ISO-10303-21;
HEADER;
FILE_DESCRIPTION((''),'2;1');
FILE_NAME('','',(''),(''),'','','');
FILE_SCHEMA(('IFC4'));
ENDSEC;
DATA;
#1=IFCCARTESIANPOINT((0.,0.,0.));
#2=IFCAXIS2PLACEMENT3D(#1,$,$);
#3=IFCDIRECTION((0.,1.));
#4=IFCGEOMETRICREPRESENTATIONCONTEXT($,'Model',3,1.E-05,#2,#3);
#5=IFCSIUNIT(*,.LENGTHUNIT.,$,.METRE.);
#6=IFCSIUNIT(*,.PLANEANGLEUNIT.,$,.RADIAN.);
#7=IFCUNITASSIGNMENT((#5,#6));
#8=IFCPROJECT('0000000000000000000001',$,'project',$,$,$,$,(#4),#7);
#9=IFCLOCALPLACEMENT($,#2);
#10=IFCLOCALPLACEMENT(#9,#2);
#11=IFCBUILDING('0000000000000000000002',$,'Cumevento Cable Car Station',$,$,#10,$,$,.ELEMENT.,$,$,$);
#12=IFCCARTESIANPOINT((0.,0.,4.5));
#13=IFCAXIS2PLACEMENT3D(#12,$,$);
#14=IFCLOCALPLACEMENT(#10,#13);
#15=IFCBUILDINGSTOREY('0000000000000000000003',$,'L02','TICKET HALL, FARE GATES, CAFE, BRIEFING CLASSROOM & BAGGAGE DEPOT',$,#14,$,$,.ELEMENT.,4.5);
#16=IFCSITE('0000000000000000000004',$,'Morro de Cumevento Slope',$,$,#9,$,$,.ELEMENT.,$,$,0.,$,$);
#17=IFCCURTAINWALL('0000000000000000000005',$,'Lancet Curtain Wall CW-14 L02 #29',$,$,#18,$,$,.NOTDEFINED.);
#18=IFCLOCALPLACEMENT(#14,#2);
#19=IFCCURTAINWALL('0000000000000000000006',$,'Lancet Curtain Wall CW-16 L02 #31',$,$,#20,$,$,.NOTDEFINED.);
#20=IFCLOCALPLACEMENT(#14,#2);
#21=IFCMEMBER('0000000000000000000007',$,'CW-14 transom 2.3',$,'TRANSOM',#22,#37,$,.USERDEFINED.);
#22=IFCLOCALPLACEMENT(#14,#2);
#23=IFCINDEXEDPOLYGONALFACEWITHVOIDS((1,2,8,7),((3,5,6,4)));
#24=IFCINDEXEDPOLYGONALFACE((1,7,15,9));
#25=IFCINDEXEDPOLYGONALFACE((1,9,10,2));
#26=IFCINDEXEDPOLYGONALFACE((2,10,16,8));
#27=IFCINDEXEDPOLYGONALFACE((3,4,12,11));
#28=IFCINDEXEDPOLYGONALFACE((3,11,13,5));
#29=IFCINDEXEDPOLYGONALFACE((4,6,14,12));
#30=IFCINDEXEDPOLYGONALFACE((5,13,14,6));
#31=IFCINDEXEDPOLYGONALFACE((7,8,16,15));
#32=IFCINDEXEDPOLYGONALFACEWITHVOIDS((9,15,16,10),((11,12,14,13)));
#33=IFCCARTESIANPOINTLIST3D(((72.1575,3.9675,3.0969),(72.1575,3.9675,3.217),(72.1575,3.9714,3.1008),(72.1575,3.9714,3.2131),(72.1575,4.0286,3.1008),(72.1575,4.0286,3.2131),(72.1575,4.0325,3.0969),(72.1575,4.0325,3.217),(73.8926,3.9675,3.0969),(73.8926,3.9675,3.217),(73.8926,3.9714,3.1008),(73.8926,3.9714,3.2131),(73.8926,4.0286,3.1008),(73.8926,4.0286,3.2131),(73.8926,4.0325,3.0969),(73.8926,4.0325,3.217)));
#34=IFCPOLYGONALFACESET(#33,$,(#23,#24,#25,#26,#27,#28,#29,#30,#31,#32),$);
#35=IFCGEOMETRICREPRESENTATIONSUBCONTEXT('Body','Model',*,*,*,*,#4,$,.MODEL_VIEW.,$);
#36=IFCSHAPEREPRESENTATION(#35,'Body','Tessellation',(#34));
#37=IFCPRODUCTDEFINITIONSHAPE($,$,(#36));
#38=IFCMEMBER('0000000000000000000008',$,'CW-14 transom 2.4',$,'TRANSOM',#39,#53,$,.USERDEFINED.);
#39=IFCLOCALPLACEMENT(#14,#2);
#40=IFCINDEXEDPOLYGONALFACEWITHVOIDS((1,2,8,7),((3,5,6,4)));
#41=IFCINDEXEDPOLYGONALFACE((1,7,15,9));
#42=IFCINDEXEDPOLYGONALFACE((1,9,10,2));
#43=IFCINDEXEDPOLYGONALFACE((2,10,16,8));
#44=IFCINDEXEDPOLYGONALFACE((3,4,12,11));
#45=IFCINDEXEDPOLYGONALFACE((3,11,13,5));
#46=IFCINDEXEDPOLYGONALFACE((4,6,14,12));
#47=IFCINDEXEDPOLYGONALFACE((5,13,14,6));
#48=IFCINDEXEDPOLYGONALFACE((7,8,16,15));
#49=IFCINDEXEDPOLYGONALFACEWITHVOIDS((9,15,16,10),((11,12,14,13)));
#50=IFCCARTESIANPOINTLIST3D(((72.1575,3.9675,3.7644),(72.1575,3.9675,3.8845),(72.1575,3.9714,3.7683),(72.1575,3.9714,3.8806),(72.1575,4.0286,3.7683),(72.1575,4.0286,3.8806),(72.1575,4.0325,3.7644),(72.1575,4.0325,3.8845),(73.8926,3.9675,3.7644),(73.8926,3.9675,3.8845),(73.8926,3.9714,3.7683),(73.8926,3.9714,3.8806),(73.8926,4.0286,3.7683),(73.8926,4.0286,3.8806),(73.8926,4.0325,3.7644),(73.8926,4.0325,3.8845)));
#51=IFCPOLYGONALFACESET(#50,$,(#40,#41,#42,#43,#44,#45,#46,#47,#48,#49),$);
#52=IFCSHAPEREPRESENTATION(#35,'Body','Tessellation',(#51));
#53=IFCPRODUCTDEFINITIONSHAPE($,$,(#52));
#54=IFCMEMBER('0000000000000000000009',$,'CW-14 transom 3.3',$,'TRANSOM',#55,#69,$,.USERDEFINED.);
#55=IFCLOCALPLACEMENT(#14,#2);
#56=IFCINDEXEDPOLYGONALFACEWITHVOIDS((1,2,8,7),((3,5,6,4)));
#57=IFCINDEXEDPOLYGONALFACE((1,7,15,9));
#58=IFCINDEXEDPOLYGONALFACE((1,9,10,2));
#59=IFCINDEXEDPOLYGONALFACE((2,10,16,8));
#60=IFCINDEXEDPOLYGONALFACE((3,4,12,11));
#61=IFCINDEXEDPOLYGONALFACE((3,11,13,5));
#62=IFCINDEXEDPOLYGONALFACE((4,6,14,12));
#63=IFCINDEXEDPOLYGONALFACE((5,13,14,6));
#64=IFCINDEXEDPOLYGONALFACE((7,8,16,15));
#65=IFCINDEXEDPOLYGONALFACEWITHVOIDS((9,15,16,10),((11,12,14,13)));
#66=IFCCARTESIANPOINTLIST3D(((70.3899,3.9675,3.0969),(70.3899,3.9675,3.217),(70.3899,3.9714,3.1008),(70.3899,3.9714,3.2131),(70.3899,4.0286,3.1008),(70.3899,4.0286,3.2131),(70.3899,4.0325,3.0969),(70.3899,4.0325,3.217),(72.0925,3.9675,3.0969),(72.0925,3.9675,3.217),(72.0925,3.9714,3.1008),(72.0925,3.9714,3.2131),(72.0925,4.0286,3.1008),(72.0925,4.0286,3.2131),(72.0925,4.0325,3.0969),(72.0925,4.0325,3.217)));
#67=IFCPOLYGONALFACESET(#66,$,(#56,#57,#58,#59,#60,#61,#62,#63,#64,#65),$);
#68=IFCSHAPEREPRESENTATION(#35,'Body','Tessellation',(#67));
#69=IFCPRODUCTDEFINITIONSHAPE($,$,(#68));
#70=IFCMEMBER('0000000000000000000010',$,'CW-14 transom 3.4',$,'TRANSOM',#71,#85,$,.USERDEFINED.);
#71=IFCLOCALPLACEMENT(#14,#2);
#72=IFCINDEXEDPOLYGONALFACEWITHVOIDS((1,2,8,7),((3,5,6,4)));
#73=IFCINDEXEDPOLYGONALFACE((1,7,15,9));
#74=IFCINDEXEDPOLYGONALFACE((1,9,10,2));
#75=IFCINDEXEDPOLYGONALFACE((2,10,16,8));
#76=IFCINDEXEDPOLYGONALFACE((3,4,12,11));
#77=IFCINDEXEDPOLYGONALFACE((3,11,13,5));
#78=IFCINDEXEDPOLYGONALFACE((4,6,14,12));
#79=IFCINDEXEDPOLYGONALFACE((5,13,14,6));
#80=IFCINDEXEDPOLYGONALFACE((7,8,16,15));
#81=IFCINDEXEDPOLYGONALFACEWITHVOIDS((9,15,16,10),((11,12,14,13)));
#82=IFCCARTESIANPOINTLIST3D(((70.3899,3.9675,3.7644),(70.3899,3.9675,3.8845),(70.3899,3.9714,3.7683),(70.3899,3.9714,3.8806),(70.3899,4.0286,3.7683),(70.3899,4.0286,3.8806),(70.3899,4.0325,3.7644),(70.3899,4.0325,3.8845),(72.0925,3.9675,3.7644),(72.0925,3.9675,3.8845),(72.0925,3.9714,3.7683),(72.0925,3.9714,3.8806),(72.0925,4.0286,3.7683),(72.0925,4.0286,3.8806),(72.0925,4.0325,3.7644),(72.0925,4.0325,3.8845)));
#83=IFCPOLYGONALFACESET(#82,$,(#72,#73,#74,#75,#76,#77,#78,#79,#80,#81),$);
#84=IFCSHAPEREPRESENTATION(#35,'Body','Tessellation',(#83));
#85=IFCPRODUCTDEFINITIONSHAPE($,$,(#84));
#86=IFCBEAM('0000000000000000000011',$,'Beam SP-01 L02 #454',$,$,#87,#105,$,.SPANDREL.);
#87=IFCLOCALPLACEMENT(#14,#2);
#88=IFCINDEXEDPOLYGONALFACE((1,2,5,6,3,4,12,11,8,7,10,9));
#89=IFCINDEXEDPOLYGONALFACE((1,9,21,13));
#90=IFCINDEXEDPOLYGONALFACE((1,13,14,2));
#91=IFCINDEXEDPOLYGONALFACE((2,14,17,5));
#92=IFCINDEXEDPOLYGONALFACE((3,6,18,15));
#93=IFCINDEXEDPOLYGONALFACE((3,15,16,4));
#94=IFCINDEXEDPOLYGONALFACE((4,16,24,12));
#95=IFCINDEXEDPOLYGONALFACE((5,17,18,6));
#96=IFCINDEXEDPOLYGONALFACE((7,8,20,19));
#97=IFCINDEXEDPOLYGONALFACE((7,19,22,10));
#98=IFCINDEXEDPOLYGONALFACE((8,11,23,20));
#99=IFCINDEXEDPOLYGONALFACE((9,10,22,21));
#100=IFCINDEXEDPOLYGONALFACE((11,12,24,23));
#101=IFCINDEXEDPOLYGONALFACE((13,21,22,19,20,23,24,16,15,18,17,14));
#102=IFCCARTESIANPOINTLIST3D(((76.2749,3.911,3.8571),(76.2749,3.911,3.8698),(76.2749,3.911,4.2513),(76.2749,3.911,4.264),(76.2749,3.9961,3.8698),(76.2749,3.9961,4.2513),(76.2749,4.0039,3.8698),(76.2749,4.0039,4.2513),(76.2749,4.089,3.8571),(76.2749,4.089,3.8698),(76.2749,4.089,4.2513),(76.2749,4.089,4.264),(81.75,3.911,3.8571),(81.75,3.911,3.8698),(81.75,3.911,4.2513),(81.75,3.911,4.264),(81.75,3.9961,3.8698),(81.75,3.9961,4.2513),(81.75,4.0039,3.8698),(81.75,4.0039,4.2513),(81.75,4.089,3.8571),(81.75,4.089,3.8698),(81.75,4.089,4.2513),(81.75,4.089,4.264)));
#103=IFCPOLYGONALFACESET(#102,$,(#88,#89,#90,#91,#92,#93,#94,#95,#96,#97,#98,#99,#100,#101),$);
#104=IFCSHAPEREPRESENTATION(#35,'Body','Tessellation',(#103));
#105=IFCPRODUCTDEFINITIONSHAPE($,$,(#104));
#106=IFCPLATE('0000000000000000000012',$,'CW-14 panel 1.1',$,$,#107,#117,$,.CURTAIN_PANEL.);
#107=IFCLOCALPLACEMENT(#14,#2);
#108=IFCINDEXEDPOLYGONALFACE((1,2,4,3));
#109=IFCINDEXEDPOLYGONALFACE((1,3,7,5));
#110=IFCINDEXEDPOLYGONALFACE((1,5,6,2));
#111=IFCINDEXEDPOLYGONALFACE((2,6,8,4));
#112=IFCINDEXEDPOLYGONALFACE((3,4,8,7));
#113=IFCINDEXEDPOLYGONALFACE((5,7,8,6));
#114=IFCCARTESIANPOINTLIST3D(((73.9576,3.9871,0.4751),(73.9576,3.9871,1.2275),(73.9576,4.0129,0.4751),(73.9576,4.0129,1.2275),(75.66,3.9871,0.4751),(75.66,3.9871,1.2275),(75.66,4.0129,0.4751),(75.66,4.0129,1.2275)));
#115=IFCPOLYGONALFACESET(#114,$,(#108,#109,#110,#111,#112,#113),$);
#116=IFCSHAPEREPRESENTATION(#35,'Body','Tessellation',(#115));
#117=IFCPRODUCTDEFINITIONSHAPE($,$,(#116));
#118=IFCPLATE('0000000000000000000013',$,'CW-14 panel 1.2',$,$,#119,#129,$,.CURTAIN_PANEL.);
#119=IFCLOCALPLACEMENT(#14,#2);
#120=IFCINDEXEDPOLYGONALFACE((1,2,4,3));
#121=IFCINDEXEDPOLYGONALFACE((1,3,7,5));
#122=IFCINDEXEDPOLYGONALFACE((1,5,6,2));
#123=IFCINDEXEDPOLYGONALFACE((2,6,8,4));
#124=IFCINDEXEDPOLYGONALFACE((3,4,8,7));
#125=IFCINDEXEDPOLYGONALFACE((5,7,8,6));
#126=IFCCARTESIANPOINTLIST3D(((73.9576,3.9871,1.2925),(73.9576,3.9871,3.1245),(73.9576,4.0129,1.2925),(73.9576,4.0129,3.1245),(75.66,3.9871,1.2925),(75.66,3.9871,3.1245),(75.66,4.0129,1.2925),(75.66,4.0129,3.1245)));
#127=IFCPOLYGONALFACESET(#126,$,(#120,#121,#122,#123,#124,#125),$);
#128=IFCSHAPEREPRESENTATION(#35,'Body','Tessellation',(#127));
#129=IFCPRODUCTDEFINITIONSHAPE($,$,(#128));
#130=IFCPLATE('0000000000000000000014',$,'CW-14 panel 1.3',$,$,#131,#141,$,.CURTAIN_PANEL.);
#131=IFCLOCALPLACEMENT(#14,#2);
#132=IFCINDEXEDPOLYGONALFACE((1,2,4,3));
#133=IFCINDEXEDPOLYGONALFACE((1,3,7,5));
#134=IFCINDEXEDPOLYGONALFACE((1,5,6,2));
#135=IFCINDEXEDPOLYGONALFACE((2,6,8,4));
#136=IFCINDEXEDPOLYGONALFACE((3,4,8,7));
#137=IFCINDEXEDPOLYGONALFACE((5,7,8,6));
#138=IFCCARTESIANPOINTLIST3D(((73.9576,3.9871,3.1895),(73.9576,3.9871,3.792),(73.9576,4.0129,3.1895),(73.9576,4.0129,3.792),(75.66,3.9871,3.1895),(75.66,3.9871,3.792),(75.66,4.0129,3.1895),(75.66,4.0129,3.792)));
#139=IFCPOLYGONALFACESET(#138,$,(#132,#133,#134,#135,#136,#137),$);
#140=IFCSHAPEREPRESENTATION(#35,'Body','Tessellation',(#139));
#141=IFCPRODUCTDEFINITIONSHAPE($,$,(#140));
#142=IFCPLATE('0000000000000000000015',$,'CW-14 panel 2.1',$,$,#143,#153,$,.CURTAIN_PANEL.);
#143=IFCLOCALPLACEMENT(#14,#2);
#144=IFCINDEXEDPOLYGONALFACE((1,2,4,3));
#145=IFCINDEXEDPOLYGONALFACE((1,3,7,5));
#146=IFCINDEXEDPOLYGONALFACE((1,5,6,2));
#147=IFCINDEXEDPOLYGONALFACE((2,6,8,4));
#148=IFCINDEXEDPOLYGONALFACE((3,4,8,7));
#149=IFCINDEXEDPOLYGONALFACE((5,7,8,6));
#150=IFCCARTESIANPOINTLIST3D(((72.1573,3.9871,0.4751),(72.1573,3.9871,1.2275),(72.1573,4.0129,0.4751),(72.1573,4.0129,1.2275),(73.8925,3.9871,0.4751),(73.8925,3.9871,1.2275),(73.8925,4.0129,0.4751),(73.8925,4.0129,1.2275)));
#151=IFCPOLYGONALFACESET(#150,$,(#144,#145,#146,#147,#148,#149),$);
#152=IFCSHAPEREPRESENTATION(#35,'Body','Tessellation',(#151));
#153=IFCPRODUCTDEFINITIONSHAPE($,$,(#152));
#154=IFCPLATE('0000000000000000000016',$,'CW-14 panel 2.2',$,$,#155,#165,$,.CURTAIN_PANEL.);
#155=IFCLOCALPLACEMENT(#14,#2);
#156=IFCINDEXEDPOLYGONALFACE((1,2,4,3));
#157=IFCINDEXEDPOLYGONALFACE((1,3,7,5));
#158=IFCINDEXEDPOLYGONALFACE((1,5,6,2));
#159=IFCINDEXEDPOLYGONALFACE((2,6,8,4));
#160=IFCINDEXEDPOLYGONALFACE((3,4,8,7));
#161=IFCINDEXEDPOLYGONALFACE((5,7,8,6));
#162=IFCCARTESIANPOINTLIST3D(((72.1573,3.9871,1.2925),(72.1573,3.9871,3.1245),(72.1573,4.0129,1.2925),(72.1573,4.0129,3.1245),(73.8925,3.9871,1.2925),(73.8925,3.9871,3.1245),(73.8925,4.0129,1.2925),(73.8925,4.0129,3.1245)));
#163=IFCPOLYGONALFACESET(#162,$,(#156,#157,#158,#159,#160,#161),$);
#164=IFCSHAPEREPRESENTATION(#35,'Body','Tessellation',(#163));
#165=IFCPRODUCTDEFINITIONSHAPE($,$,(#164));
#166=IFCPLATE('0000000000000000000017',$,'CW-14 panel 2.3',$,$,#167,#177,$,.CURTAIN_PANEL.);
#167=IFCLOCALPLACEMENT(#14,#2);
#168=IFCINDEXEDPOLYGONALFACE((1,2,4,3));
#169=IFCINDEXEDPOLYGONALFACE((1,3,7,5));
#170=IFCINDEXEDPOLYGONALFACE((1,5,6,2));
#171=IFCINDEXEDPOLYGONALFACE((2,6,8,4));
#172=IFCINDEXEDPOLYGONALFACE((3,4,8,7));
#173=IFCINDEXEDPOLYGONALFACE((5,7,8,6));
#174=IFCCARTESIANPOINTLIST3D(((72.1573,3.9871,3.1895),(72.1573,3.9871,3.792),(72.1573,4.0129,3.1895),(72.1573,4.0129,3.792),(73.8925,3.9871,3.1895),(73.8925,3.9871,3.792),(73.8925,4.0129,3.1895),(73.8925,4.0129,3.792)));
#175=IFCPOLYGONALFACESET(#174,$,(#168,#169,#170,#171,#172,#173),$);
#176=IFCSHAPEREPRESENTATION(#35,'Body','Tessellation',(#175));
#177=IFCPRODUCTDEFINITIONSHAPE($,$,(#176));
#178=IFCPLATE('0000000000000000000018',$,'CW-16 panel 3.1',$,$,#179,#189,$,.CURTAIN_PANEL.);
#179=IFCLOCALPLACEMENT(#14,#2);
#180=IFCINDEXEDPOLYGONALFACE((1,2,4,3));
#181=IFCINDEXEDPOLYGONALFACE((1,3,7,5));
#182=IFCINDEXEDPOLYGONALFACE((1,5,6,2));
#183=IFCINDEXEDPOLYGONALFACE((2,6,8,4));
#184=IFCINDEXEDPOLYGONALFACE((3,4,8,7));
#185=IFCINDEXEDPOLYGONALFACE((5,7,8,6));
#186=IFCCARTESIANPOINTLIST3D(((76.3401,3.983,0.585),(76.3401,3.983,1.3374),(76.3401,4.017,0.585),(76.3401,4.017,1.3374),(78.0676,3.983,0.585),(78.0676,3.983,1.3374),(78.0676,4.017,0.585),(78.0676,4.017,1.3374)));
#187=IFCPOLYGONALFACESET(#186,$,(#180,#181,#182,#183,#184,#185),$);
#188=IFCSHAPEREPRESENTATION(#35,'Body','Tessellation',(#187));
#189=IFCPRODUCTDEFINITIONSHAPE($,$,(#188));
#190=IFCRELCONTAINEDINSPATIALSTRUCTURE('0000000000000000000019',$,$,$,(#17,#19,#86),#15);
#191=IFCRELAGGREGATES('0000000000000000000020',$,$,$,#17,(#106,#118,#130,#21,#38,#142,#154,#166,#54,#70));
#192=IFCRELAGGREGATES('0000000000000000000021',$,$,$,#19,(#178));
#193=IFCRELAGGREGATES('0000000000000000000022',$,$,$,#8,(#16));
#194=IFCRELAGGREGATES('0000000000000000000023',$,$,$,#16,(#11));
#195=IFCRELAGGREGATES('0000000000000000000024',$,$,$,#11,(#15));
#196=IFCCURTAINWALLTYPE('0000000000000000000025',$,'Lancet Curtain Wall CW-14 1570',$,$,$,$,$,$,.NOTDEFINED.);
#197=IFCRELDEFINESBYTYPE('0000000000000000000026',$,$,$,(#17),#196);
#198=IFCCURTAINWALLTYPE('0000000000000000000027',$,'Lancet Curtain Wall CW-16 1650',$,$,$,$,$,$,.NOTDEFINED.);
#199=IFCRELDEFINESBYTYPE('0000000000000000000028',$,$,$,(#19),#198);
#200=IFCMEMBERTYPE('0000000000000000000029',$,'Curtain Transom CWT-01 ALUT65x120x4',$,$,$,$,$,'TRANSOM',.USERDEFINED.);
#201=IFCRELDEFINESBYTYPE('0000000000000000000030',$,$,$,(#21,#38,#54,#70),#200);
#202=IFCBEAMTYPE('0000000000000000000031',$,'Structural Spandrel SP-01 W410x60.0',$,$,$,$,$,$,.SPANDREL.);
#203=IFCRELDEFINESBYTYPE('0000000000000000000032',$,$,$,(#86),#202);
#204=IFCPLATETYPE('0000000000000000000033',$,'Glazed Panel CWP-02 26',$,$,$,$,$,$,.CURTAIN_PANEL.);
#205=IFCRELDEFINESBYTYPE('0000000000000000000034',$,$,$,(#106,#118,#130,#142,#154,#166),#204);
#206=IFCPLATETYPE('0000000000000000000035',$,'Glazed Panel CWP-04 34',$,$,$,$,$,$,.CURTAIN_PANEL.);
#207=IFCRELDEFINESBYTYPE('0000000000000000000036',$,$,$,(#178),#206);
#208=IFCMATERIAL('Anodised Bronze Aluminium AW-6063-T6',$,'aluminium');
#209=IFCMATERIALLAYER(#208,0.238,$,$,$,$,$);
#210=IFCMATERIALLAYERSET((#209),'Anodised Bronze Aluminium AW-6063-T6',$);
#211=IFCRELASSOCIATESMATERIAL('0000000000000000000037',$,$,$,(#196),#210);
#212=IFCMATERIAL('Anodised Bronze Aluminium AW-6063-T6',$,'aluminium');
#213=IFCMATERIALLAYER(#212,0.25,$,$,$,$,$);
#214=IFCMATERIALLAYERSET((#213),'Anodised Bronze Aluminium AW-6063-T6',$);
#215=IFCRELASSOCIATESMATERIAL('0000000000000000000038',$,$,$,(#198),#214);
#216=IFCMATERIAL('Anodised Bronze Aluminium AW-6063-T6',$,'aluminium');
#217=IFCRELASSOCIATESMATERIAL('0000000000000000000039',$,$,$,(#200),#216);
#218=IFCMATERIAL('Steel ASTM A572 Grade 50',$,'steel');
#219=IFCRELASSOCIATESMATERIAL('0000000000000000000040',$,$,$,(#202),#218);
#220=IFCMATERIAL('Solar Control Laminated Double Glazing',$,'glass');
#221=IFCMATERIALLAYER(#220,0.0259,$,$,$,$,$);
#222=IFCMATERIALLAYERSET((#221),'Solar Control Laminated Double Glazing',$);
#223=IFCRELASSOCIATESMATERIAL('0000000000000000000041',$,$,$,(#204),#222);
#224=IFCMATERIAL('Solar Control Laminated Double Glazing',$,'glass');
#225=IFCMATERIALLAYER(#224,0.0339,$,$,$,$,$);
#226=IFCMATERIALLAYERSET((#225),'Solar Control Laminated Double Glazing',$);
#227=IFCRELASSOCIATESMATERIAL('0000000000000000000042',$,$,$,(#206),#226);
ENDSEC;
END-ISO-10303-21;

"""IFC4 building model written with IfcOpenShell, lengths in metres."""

from ifc_helpers import new_model, si_unit, direction, frame, origin, origin_2d, place, context, subcontext, project, spatial, rectangle, hollow_rectangle, i_section, extrude, material, layer, layer_set, material_profile, profile_set, type_object, element, aggregate, save


model = new_model("IFC4")

# Units and contexts
model_context = context("Model", 3, precision=1e-05, world=origin(), true_north=direction((0.0, 1.0)))
body_context = subcontext(model_context, "Body", "Model", "MODEL_VIEW")
ifc_project = project(units=[si_unit("LENGTHUNIT", "METRE"), si_unit("PLANEANGLEUNIT", "RADIAN")], contexts=[model_context])

# Site, building, storey
site_placement = place(None, origin())
site = spatial("IfcSite", under=ifc_project, at=site_placement, Name="Morro de Cumevento Slope", CompositionType="ELEMENT", RefElevation=0.0)
building_placement = place(site_placement, origin())
building = spatial("IfcBuilding", under=site, at=building_placement, Name="Cumevento Cable Car Station", CompositionType="ELEMENT")
storey_placement = place(building_placement, frame((0.0, 0.0, 4.5)))
storey = spatial("IfcBuildingStorey", under=building, at=storey_placement, Name="L02", Description="TICKET HALL, FARE GATES, CAFE, BRIEFING CLASSROOM & BAGGAGE DEPOT", CompositionType="ELEMENT", Elevation=4.5)

# Curtain wall
ifc_material_1 = material(Name="Anodised Bronze Aluminium AW-6063-T6", Category="aluminium")
ifc_layer_1 = layer(ifc_material_1, 0.238)
ifc_layer_set_1 = layer_set([ifc_layer_1], Name="Anodised Bronze Aluminium AW-6063-T6")
curtain_wall_type_1 = type_object("IfcCurtainWallType", Name="Lancet Curtain Wall CW-14 1570", PredefinedType="NOTDEFINED", material=ifc_layer_set_1)
curtain_wall_1_placement = place(storey_placement, origin())
curtain_wall_1 = element("IfcCurtainWall", 1, at=curtain_wall_1_placement, inside=storey, type_object=curtain_wall_type_1, Name="Lancet Curtain Wall CW-14 L02 #29", PredefinedType="NOTDEFINED")

# Curtain wall
ifc_material_2 = material(Name="Anodised Bronze Aluminium AW-6063-T6", Category="aluminium")
ifc_layer_2 = layer(ifc_material_2, 0.25)
ifc_layer_set_2 = layer_set([ifc_layer_2], Name="Anodised Bronze Aluminium AW-6063-T6")
curtain_wall_type_2 = type_object("IfcCurtainWallType", Name="Lancet Curtain Wall CW-16 1650", PredefinedType="NOTDEFINED", material=ifc_layer_set_2)
curtain_wall_2_placement = place(storey_placement, origin())
curtain_wall_2 = element("IfcCurtainWall", 2, at=curtain_wall_2_placement, inside=storey, type_object=curtain_wall_type_2, Name="Lancet Curtain Wall CW-16 L02 #31", PredefinedType="NOTDEFINED")

# Members
ifc_material_3 = material(Name="Anodised Bronze Aluminium AW-6063-T6", Category="aluminium")
ifc_material_profile_1 = material_profile(ifc_material_3, hollow_rectangle(XDim=0.0649, YDim=0.1201, WallThickness=0.0039, at=origin_2d()), Name="ALUT65x120x4")
ifc_profile_set_1 = profile_set([ifc_material_profile_1], Name="Anodised Bronze Aluminium AW-6063-T6")
member_type_1 = type_object("IfcMemberType", Name="Curtain Transom CWT-01 ALUT65x120x4", ElementType="TRANSOM", PredefinedType="USERDEFINED", material=ifc_profile_set_1)
member_1_placement = place(storey_placement, frame((73.8926, 4.0, 3.157), z_axis=(-1.0, 0.0, 0.0), x_axis=(0.0, -1.0, 0.0)))
member_1 = element("IfcMember", 3, at=member_1_placement, type_object=member_type_1, Name="CW-14 transom 2.3", ObjectType="TRANSOM", PredefinedType="USERDEFINED", context=body_context, shape_type="SweptSolid", body=[
    extrude(hollow_rectangle(XDim=0.0649, YDim=0.1201, WallThickness=0.0039, at=origin_2d()), origin(), (0.0, 0.0, 1.0), 1.7351),
])
member_2_placement = place(storey_placement, frame((73.8926, 4.0, 3.8245), z_axis=(-1.0, 0.0, 0.0), x_axis=(0.0, -1.0, 0.0)))
member_2 = element("IfcMember", 4, at=member_2_placement, type_object=member_type_1, Name="CW-14 transom 2.4", ObjectType="TRANSOM", PredefinedType="USERDEFINED", context=body_context, shape_type="SweptSolid", body=[
    extrude(hollow_rectangle(XDim=0.0649, YDim=0.1201, WallThickness=0.0039, at=origin_2d()), origin(), (0.0, 0.0, 1.0), 1.7351),
])
member_3_placement = place(storey_placement, frame((72.0925, 4.0, 3.157), z_axis=(-1.0, 0.0, 0.0), x_axis=(0.0, -1.0, 0.0)))
member_3 = element("IfcMember", 5, at=member_3_placement, type_object=member_type_1, Name="CW-14 transom 3.3", ObjectType="TRANSOM", PredefinedType="USERDEFINED", context=body_context, shape_type="SweptSolid", body=[
    extrude(hollow_rectangle(XDim=0.0649, YDim=0.1201, WallThickness=0.0039, at=origin_2d()), origin(), (0.0, 0.0, 1.0), 1.7026),
])
member_4_placement = place(storey_placement, frame((72.0925, 4.0, 3.8245), z_axis=(-1.0, 0.0, 0.0), x_axis=(0.0, -1.0, 0.0)))
member_4 = element("IfcMember", 6, at=member_4_placement, type_object=member_type_1, Name="CW-14 transom 3.4", ObjectType="TRANSOM", PredefinedType="USERDEFINED", context=body_context, shape_type="SweptSolid", body=[
    extrude(hollow_rectangle(XDim=0.0649, YDim=0.1201, WallThickness=0.0039, at=origin_2d()), origin(), (0.0, 0.0, 1.0), 1.7026),
])

# Beam
ifc_material_4 = material(Name="Steel ASTM A572 Grade 50", Category="steel")
ifc_material_profile_2 = material_profile(ifc_material_4, i_section(OverallWidth=0.178, OverallDepth=0.407, WebThickness=0.0078, FlangeThickness=0.0127, at=origin_2d()), Name="W410x60.0")
ifc_profile_set_2 = profile_set([ifc_material_profile_2], Name="Steel ASTM A572 Grade 50")
beam_type = type_object("IfcBeamType", Name="Structural Spandrel SP-01 W410x60.0", PredefinedType="SPANDREL", material=ifc_profile_set_2)
beam_placement = place(storey_placement, frame((76.2749, 4.0, 4.0605), z_axis=(1.0, 0.0, 0.0), x_axis=(0.0, 1.0, 0.0)))
element("IfcBeam", 7, at=beam_placement, inside=storey, type_object=beam_type, Name="Beam SP-01 L02 #454", PredefinedType="SPANDREL", context=body_context, shape_type="SweptSolid", body=[
    extrude(i_section(OverallWidth=0.178, OverallDepth=0.407, WebThickness=0.0078, FlangeThickness=0.0127, at=origin_2d()), origin(), (0.0, 0.0, 1.0), 5.4751),
])

# Plates
ifc_material_5 = material(Name="Solar Control Laminated Double Glazing", Category="glass")
ifc_layer_3 = layer(ifc_material_5, 0.0259)
ifc_layer_set_3 = layer_set([ifc_layer_3], Name="Solar Control Laminated Double Glazing")
plate_type_1 = type_object("IfcPlateType", Name="Glazed Panel CWP-02 26", PredefinedType="CURTAIN_PANEL", material=ifc_layer_set_3)
plate_1_placement = place(storey_placement, frame((74.8088, 4.0, 0.4751), z_axis=(0.0, 0.0, 1.0), x_axis=(-1.0, 0.0, 0.0)))
plate_1 = element("IfcPlate", 8, at=plate_1_placement, type_object=plate_type_1, Name="CW-14 panel 1.1", PredefinedType="CURTAIN_PANEL", context=body_context, shape_type="SweptSolid", body=[
    extrude(rectangle(XDim=1.7024, YDim=0.0259, at=origin_2d()), origin(), (0.0, 0.0, 1.0), 0.7524),
])
plate_2_placement = place(storey_placement, frame((74.8088, 4.0, 1.2925), z_axis=(0.0, 0.0, 1.0), x_axis=(-1.0, 0.0, 0.0)))
plate_2 = element("IfcPlate", 9, at=plate_2_placement, type_object=plate_type_1, Name="CW-14 panel 1.2", PredefinedType="CURTAIN_PANEL", context=body_context, shape_type="SweptSolid", body=[
    extrude(rectangle(XDim=1.7024, YDim=0.0259, at=origin_2d()), origin(), (0.0, 0.0, 1.0), 1.832),
])
plate_3_placement = place(storey_placement, frame((74.8088, 4.0, 3.1895), z_axis=(0.0, 0.0, 1.0), x_axis=(-1.0, 0.0, 0.0)))
plate_3 = element("IfcPlate", 10, at=plate_3_placement, type_object=plate_type_1, Name="CW-14 panel 1.3", PredefinedType="CURTAIN_PANEL", context=body_context, shape_type="SweptSolid", body=[
    extrude(rectangle(XDim=1.7024, YDim=0.0259, at=origin_2d()), origin(), (0.0, 0.0, 1.0), 0.6025),
])
plate_4_placement = place(storey_placement, frame((73.0249, 4.0, 0.4751), z_axis=(0.0, 0.0, 1.0), x_axis=(-1.0, 0.0, 0.0)))
plate_4 = element("IfcPlate", 11, at=plate_4_placement, type_object=plate_type_1, Name="CW-14 panel 2.1", PredefinedType="CURTAIN_PANEL", context=body_context, shape_type="SweptSolid", body=[
    extrude(rectangle(XDim=1.7351, YDim=0.0259, at=origin_2d()), origin(), (0.0, 0.0, 1.0), 0.7524),
])
plate_5_placement = place(storey_placement, frame((73.0249, 4.0, 1.2925), z_axis=(0.0, 0.0, 1.0), x_axis=(-1.0, 0.0, 0.0)))
plate_5 = element("IfcPlate", 12, at=plate_5_placement, type_object=plate_type_1, Name="CW-14 panel 2.2", PredefinedType="CURTAIN_PANEL", context=body_context, shape_type="SweptSolid", body=[
    extrude(rectangle(XDim=1.7351, YDim=0.0259, at=origin_2d()), origin(), (0.0, 0.0, 1.0), 1.832),
])
plate_6_placement = place(storey_placement, frame((73.0249, 4.0, 3.1895), z_axis=(0.0, 0.0, 1.0), x_axis=(-1.0, 0.0, 0.0)))
plate_6 = element("IfcPlate", 13, at=plate_6_placement, type_object=plate_type_1, Name="CW-14 panel 2.3", PredefinedType="CURTAIN_PANEL", context=body_context, shape_type="SweptSolid", body=[
    extrude(rectangle(XDim=1.7351, YDim=0.0259, at=origin_2d()), origin(), (0.0, 0.0, 1.0), 0.6025),
])
aggregate(curtain_wall_1, [plate_1, plate_2, plate_3, member_1, member_2, plate_4, plate_5, plate_6, member_3, member_4])
ifc_material_6 = material(Name="Solar Control Laminated Double Glazing", Category="glass")
ifc_layer_4 = layer(ifc_material_6, 0.0339)
ifc_layer_set_4 = layer_set([ifc_layer_4], Name="Solar Control Laminated Double Glazing")
plate_type_2 = type_object("IfcPlateType", Name="Glazed Panel CWP-04 34", PredefinedType="CURTAIN_PANEL", material=ifc_layer_set_4)
plate_7_placement = place(storey_placement, frame((77.2039, 4.0, 0.585), z_axis=(0.0, 0.0, 1.0), x_axis=(-1.0, 0.0, 0.0)))
plate_7 = element("IfcPlate", 14, at=plate_7_placement, type_object=plate_type_2, Name="CW-16 panel 3.1", PredefinedType="CURTAIN_PANEL", context=body_context, shape_type="SweptSolid", body=[
    extrude(rectangle(XDim=1.7275, YDim=0.0339, at=origin_2d()), origin(), (0.0, 0.0, 1.0), 0.7524),
])
aggregate(curtain_wall_2, [plate_7])

save(model, "model.ifc")
